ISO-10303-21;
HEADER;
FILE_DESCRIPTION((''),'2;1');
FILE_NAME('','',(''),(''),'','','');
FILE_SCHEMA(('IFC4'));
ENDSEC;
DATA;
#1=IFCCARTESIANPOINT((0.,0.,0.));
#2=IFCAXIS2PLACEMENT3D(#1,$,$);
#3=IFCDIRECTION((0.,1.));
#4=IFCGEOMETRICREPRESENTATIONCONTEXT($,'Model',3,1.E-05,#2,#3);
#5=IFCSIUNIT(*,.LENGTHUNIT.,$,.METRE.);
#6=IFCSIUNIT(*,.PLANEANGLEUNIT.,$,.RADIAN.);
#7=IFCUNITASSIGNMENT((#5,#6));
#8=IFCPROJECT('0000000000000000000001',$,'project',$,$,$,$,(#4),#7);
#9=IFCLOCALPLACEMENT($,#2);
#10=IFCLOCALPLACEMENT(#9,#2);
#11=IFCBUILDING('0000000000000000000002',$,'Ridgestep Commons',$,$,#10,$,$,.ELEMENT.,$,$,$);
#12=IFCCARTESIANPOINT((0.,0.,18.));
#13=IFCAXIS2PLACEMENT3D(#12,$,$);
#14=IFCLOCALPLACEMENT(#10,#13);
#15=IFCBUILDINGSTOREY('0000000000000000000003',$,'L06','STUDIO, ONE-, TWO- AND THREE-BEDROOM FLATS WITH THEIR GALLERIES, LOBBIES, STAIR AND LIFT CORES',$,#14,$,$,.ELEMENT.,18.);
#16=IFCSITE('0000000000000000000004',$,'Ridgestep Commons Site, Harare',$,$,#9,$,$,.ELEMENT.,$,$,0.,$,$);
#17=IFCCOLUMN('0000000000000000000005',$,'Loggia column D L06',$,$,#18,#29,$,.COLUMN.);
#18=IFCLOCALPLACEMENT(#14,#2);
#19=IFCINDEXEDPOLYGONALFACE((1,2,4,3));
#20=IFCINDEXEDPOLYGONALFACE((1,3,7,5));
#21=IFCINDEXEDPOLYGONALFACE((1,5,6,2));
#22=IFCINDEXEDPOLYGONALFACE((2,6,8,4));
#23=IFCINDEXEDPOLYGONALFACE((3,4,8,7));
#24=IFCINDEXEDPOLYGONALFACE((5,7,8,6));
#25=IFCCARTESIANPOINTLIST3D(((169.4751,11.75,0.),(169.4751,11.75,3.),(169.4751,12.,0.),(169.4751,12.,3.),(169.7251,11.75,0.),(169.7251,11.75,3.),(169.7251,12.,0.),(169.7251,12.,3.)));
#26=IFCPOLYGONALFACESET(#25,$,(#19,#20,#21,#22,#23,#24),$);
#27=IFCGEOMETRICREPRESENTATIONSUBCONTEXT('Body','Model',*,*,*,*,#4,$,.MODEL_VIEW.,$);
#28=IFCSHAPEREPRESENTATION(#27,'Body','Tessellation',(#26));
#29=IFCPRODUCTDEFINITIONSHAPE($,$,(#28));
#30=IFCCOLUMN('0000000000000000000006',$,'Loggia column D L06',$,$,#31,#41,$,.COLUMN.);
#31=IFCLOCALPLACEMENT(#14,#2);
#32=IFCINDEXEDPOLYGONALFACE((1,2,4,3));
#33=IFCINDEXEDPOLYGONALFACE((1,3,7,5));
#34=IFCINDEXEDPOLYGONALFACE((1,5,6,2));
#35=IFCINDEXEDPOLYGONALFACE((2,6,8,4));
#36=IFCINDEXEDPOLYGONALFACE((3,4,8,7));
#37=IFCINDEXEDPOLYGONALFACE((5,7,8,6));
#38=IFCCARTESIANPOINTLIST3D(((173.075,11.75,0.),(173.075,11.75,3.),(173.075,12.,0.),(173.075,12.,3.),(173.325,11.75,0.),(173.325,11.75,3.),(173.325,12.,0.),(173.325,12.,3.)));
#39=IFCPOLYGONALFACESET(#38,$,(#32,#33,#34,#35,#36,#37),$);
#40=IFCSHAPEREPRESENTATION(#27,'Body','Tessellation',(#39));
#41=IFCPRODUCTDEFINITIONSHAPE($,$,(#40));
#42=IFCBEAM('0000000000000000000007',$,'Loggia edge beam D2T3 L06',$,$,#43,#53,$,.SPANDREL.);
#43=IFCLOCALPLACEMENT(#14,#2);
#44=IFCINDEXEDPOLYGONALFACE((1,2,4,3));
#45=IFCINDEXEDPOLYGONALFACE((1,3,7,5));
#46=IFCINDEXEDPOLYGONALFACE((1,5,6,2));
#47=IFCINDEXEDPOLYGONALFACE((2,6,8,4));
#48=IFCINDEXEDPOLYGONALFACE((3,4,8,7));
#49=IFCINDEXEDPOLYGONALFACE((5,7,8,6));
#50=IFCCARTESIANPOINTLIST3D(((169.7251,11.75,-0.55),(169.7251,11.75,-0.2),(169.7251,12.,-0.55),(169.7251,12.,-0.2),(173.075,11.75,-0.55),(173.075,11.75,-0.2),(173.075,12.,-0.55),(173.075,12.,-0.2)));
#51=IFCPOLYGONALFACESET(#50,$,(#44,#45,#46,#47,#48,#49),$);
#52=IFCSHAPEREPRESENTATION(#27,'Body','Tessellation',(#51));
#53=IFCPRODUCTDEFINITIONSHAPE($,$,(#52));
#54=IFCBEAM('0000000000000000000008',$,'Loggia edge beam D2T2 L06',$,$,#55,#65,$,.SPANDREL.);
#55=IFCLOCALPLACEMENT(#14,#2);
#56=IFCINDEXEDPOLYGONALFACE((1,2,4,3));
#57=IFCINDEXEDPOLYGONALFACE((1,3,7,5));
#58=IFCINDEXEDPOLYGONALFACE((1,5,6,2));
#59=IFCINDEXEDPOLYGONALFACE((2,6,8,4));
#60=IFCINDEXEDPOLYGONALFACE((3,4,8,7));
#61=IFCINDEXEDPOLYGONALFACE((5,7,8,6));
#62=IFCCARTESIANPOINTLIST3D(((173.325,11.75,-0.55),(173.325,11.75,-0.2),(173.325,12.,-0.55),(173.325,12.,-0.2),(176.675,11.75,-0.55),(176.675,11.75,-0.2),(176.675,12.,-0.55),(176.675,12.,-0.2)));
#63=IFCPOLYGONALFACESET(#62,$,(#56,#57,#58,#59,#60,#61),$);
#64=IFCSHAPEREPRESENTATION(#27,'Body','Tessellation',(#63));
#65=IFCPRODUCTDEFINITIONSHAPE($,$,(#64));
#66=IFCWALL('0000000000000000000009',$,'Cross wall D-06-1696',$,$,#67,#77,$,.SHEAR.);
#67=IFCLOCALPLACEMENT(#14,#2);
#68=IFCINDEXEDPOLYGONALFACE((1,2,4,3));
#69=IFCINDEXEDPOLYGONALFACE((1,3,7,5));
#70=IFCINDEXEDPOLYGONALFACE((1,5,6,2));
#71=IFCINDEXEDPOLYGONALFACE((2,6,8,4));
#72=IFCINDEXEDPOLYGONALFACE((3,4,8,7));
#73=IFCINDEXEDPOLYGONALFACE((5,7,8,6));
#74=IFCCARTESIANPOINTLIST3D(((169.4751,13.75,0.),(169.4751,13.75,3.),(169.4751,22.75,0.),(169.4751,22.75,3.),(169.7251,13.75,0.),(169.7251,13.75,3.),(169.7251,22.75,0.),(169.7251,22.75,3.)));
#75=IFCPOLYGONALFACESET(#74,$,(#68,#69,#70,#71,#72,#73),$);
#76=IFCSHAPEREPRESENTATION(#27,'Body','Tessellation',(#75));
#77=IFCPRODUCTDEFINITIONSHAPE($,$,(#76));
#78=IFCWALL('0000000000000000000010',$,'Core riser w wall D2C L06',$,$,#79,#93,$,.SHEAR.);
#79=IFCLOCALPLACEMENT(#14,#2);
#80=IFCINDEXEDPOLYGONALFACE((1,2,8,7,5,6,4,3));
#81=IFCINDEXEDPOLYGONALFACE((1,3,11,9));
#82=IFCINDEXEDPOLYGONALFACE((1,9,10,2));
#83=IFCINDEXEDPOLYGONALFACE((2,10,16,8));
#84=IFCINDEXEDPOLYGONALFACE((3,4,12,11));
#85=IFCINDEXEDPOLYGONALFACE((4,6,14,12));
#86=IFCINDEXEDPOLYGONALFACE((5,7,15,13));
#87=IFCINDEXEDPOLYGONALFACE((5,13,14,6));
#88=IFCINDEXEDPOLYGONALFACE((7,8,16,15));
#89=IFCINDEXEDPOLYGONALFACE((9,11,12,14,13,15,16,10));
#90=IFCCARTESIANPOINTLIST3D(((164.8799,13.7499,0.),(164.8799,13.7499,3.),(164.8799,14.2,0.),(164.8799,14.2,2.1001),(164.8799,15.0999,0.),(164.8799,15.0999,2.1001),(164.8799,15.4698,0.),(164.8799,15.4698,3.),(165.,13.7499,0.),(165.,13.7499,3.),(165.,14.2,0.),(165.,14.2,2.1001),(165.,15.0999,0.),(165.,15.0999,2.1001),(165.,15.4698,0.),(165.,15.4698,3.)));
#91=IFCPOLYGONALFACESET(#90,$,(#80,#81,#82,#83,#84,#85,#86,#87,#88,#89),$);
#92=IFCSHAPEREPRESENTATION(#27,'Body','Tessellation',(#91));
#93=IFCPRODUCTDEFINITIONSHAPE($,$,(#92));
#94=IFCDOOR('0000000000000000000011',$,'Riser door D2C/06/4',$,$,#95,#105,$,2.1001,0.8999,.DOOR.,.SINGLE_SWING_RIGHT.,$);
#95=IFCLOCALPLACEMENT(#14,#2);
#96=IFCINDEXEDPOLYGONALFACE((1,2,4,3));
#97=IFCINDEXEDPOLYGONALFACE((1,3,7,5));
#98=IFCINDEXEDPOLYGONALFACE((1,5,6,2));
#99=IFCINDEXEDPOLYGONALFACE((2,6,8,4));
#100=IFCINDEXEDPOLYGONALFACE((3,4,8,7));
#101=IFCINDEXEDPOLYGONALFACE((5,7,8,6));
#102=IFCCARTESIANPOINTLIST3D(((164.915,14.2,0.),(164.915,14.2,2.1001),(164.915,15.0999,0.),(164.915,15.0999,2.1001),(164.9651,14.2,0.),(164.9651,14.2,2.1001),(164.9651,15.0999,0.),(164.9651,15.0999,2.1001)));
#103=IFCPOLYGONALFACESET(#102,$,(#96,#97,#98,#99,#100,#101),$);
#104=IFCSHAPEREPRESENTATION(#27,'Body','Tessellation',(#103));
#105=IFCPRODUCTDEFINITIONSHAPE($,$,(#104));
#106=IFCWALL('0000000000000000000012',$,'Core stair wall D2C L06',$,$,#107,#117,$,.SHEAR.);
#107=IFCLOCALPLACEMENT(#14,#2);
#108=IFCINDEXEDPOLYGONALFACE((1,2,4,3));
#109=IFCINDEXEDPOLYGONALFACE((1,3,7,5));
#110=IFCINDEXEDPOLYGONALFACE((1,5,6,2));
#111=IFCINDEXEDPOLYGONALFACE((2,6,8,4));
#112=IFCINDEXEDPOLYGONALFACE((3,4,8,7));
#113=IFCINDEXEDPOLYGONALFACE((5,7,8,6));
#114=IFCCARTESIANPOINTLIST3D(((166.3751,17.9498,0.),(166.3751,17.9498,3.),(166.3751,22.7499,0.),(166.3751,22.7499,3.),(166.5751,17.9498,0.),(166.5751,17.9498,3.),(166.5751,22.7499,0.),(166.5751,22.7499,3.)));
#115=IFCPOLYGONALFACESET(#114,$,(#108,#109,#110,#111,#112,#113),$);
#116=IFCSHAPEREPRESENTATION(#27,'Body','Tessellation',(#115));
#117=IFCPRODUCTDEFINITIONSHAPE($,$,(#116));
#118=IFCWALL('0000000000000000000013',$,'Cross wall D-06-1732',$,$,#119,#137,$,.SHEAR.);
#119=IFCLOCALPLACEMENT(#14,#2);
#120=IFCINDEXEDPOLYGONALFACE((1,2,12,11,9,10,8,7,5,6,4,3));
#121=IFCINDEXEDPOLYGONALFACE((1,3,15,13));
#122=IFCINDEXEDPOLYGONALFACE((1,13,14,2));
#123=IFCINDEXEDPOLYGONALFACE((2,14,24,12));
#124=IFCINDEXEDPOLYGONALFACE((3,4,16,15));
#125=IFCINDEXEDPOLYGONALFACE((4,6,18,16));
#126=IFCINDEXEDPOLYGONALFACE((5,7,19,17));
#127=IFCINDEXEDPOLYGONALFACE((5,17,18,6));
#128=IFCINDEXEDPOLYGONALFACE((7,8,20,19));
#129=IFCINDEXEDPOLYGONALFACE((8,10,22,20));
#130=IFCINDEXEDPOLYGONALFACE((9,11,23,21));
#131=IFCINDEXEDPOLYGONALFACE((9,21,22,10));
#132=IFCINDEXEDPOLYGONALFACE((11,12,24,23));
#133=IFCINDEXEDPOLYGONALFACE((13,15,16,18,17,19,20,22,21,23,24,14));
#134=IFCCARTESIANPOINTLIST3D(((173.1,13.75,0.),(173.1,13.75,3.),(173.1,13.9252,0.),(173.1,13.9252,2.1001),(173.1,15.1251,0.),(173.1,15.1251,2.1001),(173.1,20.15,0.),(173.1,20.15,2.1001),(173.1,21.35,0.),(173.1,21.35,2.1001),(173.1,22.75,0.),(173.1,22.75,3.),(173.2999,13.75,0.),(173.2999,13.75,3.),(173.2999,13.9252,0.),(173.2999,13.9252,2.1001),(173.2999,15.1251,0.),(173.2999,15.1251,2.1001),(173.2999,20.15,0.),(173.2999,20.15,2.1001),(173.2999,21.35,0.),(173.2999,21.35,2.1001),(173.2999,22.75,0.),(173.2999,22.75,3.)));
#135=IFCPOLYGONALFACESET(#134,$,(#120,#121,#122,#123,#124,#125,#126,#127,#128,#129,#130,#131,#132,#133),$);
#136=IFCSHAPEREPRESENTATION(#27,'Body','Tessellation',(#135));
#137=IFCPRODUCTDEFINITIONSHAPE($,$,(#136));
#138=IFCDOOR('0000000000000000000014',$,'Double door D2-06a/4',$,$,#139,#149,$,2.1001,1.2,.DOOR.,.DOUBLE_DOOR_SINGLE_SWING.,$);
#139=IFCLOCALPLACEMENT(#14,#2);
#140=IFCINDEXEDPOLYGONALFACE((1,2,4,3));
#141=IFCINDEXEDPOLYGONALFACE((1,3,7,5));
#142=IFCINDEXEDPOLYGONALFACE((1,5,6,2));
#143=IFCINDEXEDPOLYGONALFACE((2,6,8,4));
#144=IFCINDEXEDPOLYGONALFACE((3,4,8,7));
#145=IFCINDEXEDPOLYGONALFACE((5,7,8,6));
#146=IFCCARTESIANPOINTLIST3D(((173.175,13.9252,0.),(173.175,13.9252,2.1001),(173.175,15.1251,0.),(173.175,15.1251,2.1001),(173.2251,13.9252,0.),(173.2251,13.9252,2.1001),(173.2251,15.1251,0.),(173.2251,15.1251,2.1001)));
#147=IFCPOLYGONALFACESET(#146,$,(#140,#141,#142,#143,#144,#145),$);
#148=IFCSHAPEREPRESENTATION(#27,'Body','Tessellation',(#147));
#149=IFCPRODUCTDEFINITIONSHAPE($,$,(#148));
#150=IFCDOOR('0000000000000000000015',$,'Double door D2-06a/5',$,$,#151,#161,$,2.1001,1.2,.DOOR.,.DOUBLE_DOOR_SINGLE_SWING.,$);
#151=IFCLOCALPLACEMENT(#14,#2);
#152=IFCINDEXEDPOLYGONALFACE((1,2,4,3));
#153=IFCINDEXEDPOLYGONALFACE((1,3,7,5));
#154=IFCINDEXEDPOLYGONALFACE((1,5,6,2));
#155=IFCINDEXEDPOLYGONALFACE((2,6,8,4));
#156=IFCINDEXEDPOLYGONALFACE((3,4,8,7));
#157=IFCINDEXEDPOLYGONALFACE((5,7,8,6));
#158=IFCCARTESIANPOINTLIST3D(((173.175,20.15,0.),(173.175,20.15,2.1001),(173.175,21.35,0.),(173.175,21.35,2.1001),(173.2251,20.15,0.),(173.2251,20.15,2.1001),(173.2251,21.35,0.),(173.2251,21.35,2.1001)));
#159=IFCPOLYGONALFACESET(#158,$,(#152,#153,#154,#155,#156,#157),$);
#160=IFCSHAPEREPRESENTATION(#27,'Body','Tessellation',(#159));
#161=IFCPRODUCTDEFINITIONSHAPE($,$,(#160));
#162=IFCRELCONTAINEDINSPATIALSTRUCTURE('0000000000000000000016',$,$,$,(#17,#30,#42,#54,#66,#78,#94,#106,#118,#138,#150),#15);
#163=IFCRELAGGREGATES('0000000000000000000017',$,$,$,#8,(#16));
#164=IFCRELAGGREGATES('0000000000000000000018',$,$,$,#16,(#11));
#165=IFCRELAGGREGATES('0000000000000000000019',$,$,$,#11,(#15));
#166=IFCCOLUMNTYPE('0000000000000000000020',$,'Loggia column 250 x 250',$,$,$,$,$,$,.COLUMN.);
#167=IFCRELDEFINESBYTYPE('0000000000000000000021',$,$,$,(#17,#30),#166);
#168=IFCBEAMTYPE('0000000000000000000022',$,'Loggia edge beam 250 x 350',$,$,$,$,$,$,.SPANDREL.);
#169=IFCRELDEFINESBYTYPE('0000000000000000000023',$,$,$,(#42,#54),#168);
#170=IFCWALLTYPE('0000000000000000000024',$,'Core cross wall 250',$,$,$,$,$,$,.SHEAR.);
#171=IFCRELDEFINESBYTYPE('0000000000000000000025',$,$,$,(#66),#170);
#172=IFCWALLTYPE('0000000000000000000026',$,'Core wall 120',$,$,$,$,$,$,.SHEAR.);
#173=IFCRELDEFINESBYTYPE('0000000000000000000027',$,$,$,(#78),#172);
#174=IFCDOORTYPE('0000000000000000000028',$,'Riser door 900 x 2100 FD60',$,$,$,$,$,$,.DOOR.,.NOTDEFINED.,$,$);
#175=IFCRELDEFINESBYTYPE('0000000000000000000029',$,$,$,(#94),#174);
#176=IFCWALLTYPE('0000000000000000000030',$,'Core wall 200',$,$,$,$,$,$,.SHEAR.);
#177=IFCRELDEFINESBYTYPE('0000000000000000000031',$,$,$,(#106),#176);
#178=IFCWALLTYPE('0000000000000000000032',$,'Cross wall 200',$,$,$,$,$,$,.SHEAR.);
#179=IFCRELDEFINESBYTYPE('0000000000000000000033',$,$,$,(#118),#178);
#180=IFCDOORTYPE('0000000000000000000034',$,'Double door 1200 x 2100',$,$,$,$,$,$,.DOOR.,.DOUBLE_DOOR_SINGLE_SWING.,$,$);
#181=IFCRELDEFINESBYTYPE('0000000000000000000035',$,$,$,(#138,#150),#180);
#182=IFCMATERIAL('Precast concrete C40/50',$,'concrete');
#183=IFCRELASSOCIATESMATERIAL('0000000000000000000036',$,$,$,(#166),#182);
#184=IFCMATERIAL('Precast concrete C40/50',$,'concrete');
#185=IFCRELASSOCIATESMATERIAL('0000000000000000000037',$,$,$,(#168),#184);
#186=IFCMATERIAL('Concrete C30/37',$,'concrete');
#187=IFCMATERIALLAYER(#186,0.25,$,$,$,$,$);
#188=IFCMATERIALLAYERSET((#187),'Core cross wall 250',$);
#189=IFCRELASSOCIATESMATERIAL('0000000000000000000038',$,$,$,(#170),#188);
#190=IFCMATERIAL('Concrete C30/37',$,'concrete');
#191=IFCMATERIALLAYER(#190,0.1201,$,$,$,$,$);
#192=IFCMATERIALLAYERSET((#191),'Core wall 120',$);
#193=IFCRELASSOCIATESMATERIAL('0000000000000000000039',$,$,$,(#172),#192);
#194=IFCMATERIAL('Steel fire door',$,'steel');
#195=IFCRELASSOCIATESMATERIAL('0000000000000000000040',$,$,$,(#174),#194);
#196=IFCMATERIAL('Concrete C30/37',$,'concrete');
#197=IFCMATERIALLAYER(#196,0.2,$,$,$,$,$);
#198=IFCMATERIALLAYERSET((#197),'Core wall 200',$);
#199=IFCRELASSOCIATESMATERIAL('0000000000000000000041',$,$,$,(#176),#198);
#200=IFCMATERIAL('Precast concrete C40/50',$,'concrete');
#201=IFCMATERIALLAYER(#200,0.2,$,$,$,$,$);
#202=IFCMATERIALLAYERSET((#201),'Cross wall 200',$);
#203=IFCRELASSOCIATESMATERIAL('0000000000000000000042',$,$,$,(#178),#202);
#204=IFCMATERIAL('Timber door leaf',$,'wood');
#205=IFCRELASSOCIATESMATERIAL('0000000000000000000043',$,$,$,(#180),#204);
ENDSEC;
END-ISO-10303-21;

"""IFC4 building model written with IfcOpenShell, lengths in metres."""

from ifc_helpers import new_model, si_unit, direction, frame, frame_2d, origin, origin_2d, place, context, subcontext, project, spatial, rectangle, extrude, material, layer, layer_set, material_profile, profile_set, type_object, element, fill, save


model = new_model("IFC4")

# Units and contexts
model_context = context("Model", 3, precision=1e-05, world=origin(), true_north=direction((0.0, 1.0)))
body_context = subcontext(model_context, "Body", "Model", "MODEL_VIEW")
ifc_project = project(units=[si_unit("LENGTHUNIT", "METRE"), si_unit("PLANEANGLEUNIT", "RADIAN")], contexts=[model_context])

# Site, building, storey
site_placement = place(None, origin())
site = spatial("IfcSite", under=ifc_project, at=site_placement, Name="Ridgestep Commons Site, Harare", CompositionType="ELEMENT", RefElevation=0.0)
building_placement = place(site_placement, origin())
building = spatial("IfcBuilding", under=site, at=building_placement, Name="Ridgestep Commons", CompositionType="ELEMENT")
storey_placement = place(building_placement, frame((0.0, 0.0, 18.0)))
storey = spatial("IfcBuildingStorey", under=building, at=storey_placement, Name="L06", Description="STUDIO, ONE-, TWO- AND THREE-BEDROOM FLATS WITH THEIR GALLERIES, LOBBIES, STAIR AND LIFT CORES", CompositionType="ELEMENT", Elevation=18.0)

# Columns
ifc_material_1 = material(Name="Precast concrete C40/50", Category="concrete")
ifc_material_profile_1 = material_profile(ifc_material_1, rectangle(XDim=0.25, YDim=0.25, at=origin_2d()), Name="PC 250x250")
ifc_profile_set_1 = profile_set([ifc_material_profile_1], Name="Precast concrete C40/50")
column_type = type_object("IfcColumnType", Name="Loggia column 250 x 250", PredefinedType="COLUMN", material=ifc_profile_set_1)
for number, where, z_axis, x_axis, name in (
    (1, (169.6001, 11.875, 0.0), (0.0, 0.0, 1.0), (1.0, 0.0, 0.0), "Loggia column D L06"),
    (2, (173.2, 11.875, 0.0), (0.0, 0.0, 1.0), (1.0, 0.0, 0.0), "Loggia column D L06"),
):
    element("IfcColumn", number, at=place(storey_placement, frame(where, z_axis=z_axis, x_axis=x_axis)), inside=storey, type_object=column_type, Name=name, PredefinedType="COLUMN", context=body_context, shape_type="SweptSolid", body=[
        extrude(rectangle(XDim=0.25, YDim=0.25, at=origin_2d()), origin(), (0.0, 0.0, 1.0), 3.0),
    ])

# Beams
ifc_material_2 = material(Name="Precast concrete C40/50", Category="concrete")
ifc_material_profile_2 = material_profile(ifc_material_2, rectangle(XDim=0.25, YDim=0.3501, at=origin_2d()), Name="PC 250x350")
ifc_profile_set_2 = profile_set([ifc_material_profile_2], Name="Precast concrete C40/50")
beam_type = type_object("IfcBeamType", Name="Loggia edge beam 250 x 350", PredefinedType="SPANDREL", material=ifc_profile_set_2)
beam_1_placement = place(storey_placement, frame((169.7251, 11.875, -0.375), z_axis=(1.0, 0.0, 0.0), x_axis=(0.0, 1.0, 0.0)))
element("IfcBeam", 3, at=beam_1_placement, inside=storey, type_object=beam_type, Name="Loggia edge beam D2T3 L06", PredefinedType="SPANDREL", context=body_context, shape_type="SweptSolid", body=[
    extrude(rectangle(XDim=0.25, YDim=0.3501, at=origin_2d()), origin(), (0.0, 0.0, 1.0), 3.3499),
])
beam_2_placement = place(storey_placement, frame((173.325, 11.875, -0.375), z_axis=(1.0, 0.0, 0.0), x_axis=(0.0, 1.0, 0.0)))
element("IfcBeam", 4, at=beam_2_placement, inside=storey, type_object=beam_type, Name="Loggia edge beam D2T2 L06", PredefinedType="SPANDREL", context=body_context, shape_type="SweptSolid", body=[
    extrude(rectangle(XDim=0.25, YDim=0.3501, at=origin_2d()), origin(), (0.0, 0.0, 1.0), 3.3501),
])

# Wall
ifc_material_3 = material(Name="Concrete C30/37", Category="concrete")
ifc_layer_1 = layer(ifc_material_3, 0.25)
ifc_layer_set_1 = layer_set([ifc_layer_1], Name="Core cross wall 250")
wall_type_1 = type_object("IfcWallType", Name="Core cross wall 250", PredefinedType="SHEAR", material=ifc_layer_set_1)
wall_1_placement = place(storey_placement, frame((169.6001, 13.75, 0.0), z_axis=(0.0, 0.0, 1.0), x_axis=(0.0, 1.0, 0.0)))
element("IfcWall", 5, at=wall_1_placement, inside=storey, type_object=wall_type_1, Name="Cross wall D-06-1696", PredefinedType="SHEAR", context=body_context, shape_type="SweptSolid", body=[
    extrude(rectangle(XDim=9.0, YDim=0.25, at=frame_2d((4.5, 0.0))), origin(), (0.0, 0.0, 1.0), 3.0),
])

# Wall, opening, door
ifc_material_4 = material(Name="Concrete C30/37", Category="concrete")
ifc_layer_2 = layer(ifc_material_4, 0.1201)
ifc_layer_set_2 = layer_set([ifc_layer_2], Name="Core wall 120")
wall_type_2 = type_object("IfcWallType", Name="Core wall 120", PredefinedType="SHEAR", material=ifc_layer_set_2)
wall_2_placement = place(storey_placement, frame((164.9399, 13.75, 0.0), z_axis=(0.0, 0.0, 1.0), x_axis=(0.0, 1.0, 0.0)))
wall_2 = element("IfcWall", 6, at=wall_2_placement, inside=storey, type_object=wall_type_2, Name="Core riser w wall D2C L06", PredefinedType="SHEAR", context=body_context, shape_type="SweptSolid", body=[
    extrude(rectangle(XDim=1.72, YDim=0.1201, at=frame_2d((0.8599, 0.0))), origin(), (0.0, 0.0, 1.0), 3.0),
])
opening_1_placement = place(wall_2_placement, frame((0.45, 0.0, 0.0)))
opening_1 = element("IfcOpeningElement", 7, at=opening_1_placement, cuts=wall_2, PredefinedType="OPENING", context=body_context, shape_type="SweptSolid", body=[
    extrude(rectangle(XDim=0.8999, YDim=2.1001, at=frame_2d((0.45, 1.05))), frame((0.0, 0.0701, 0.0), z_axis=(0.0, -1.0, 0.0), x_axis=(1.0, 0.0, 0.0)), (0.0, 0.0, 1.0), 0.1401),
])
ifc_material_5 = material(Name="Steel fire door", Category="steel")
door_type_1 = type_object("IfcDoorType", Name="Riser door 900 x 2100 FD60", OperationType="NOTDEFINED", PredefinedType="DOOR", material=ifc_material_5)
door_1_placement = place(opening_1_placement, origin())
door_1 = element("IfcDoor", 8, at=door_1_placement, inside=storey, type_object=door_type_1, Name="Riser door D2C/06/4", OperationType="SINGLE_SWING_RIGHT", OverallHeight=2.1001, OverallWidth=0.8999, PredefinedType="DOOR", context=body_context, shape_type="SweptSolid", body=[
    extrude(rectangle(XDim=0.8999, YDim=2.1001, at=frame_2d((0.45, 1.05))), frame((0.0, 0.0249, 0.0), z_axis=(0.0, -1.0, 0.0), x_axis=(1.0, 0.0, 0.0)), (0.0, 0.0, 1.0), 0.05),
])
fill(opening_1, door_1)

# Wall
ifc_material_6 = material(Name="Concrete C30/37", Category="concrete")
ifc_layer_3 = layer(ifc_material_6, 0.2)
ifc_layer_set_3 = layer_set([ifc_layer_3], Name="Core wall 200")
wall_type_3 = type_object("IfcWallType", Name="Core wall 200", PredefinedType="SHEAR", material=ifc_layer_set_3)
wall_3_placement = place(storey_placement, frame((166.4751, 17.95, 0.0), z_axis=(0.0, 0.0, 1.0), x_axis=(0.0, 1.0, 0.0)))
element("IfcWall", 9, at=wall_3_placement, inside=storey, type_object=wall_type_3, Name="Core stair wall D2C L06", PredefinedType="SHEAR", context=body_context, shape_type="SweptSolid", body=[
    extrude(rectangle(XDim=4.8, YDim=0.2, at=frame_2d((2.3999, 0.0))), origin(), (0.0, 0.0, 1.0), 3.0),
])

# Wall, openings, doors
ifc_material_7 = material(Name="Precast concrete C40/50", Category="concrete")
ifc_layer_4 = layer(ifc_material_7, 0.2)
ifc_layer_set_4 = layer_set([ifc_layer_4], Name="Cross wall 200")
wall_type_4 = type_object("IfcWallType", Name="Cross wall 200", PredefinedType="SHEAR", material=ifc_layer_set_4)
wall_4_placement = place(storey_placement, frame((173.2, 13.75, 0.0), z_axis=(0.0, 0.0, 1.0), x_axis=(0.0, 1.0, 0.0)))
wall_4 = element("IfcWall", 10, at=wall_4_placement, inside=storey, type_object=wall_type_4, Name="Cross wall D-06-1732", PredefinedType="SHEAR", context=body_context, shape_type="SweptSolid", body=[
    extrude(rectangle(XDim=9.0, YDim=0.2, at=frame_2d((4.5, 0.0))), origin(), (0.0, 0.0, 1.0), 3.0),
])
opening_2_placement = place(wall_4_placement, frame((0.175, 0.0, 0.0)))
opening_2 = element("IfcOpeningElement", 11, at=opening_2_placement, cuts=wall_4, PredefinedType="OPENING", context=body_context, shape_type="SweptSolid", body=[
    extrude(rectangle(XDim=1.2, YDim=2.1001, at=frame_2d((0.6001, 1.05))), frame((0.0, 0.1099, 0.0), z_axis=(0.0, -1.0, 0.0), x_axis=(1.0, 0.0, 0.0)), (0.0, 0.0, 1.0), 0.22),
])
opening_3_placement = place(wall_4_placement, frame((6.3999, 0.0, 0.0)))
opening_3 = element("IfcOpeningElement", 12, at=opening_3_placement, cuts=wall_4, PredefinedType="OPENING", context=body_context, shape_type="SweptSolid", body=[
    extrude(rectangle(XDim=1.2, YDim=2.1001, at=frame_2d((0.6001, 1.05))), frame((0.0, 0.1099, 0.0), z_axis=(0.0, -1.0, 0.0), x_axis=(1.0, 0.0, 0.0)), (0.0, 0.0, 1.0), 0.22),
])
ifc_material_8 = material(Name="Timber door leaf", Category="wood")
door_type_2 = type_object("IfcDoorType", Name="Double door 1200 x 2100", OperationType="DOUBLE_DOOR_SINGLE_SWING", PredefinedType="DOOR", material=ifc_material_8)
door_2_placement = place(opening_2_placement, origin())
door_2 = element("IfcDoor", 13, at=door_2_placement, inside=storey, type_object=door_type_2, Name="Double door D2-06a/4", OperationType="DOUBLE_DOOR_SINGLE_SWING", OverallHeight=2.1001, OverallWidth=1.2, PredefinedType="DOOR", context=body_context, shape_type="SweptSolid", body=[
    extrude(rectangle(XDim=1.2, YDim=2.1001, at=frame_2d((0.6001, 1.05))), frame((0.0, 0.0249, 0.0), z_axis=(0.0, -1.0, 0.0), x_axis=(1.0, 0.0, 0.0)), (0.0, 0.0, 1.0), 0.05),
])
fill(opening_2, door_2)
door_3_placement = place(opening_3_placement, origin())
door_3 = element("IfcDoor", 14, at=door_3_placement, inside=storey, type_object=door_type_2, Name="Double door D2-06a/5", OperationType="DOUBLE_DOOR_SINGLE_SWING", OverallHeight=2.1001, OverallWidth=1.2, PredefinedType="DOOR", context=body_context, shape_type="SweptSolid", body=[
    extrude(rectangle(XDim=1.2, YDim=2.1001, at=frame_2d((0.6001, 1.05))), frame((0.0, 0.0249, 0.0), z_axis=(0.0, -1.0, 0.0), x_axis=(1.0, 0.0, 0.0)), (0.0, 0.0, 1.0), 0.05),
])
fill(opening_3, door_3)

save(model, "model.ifc")
